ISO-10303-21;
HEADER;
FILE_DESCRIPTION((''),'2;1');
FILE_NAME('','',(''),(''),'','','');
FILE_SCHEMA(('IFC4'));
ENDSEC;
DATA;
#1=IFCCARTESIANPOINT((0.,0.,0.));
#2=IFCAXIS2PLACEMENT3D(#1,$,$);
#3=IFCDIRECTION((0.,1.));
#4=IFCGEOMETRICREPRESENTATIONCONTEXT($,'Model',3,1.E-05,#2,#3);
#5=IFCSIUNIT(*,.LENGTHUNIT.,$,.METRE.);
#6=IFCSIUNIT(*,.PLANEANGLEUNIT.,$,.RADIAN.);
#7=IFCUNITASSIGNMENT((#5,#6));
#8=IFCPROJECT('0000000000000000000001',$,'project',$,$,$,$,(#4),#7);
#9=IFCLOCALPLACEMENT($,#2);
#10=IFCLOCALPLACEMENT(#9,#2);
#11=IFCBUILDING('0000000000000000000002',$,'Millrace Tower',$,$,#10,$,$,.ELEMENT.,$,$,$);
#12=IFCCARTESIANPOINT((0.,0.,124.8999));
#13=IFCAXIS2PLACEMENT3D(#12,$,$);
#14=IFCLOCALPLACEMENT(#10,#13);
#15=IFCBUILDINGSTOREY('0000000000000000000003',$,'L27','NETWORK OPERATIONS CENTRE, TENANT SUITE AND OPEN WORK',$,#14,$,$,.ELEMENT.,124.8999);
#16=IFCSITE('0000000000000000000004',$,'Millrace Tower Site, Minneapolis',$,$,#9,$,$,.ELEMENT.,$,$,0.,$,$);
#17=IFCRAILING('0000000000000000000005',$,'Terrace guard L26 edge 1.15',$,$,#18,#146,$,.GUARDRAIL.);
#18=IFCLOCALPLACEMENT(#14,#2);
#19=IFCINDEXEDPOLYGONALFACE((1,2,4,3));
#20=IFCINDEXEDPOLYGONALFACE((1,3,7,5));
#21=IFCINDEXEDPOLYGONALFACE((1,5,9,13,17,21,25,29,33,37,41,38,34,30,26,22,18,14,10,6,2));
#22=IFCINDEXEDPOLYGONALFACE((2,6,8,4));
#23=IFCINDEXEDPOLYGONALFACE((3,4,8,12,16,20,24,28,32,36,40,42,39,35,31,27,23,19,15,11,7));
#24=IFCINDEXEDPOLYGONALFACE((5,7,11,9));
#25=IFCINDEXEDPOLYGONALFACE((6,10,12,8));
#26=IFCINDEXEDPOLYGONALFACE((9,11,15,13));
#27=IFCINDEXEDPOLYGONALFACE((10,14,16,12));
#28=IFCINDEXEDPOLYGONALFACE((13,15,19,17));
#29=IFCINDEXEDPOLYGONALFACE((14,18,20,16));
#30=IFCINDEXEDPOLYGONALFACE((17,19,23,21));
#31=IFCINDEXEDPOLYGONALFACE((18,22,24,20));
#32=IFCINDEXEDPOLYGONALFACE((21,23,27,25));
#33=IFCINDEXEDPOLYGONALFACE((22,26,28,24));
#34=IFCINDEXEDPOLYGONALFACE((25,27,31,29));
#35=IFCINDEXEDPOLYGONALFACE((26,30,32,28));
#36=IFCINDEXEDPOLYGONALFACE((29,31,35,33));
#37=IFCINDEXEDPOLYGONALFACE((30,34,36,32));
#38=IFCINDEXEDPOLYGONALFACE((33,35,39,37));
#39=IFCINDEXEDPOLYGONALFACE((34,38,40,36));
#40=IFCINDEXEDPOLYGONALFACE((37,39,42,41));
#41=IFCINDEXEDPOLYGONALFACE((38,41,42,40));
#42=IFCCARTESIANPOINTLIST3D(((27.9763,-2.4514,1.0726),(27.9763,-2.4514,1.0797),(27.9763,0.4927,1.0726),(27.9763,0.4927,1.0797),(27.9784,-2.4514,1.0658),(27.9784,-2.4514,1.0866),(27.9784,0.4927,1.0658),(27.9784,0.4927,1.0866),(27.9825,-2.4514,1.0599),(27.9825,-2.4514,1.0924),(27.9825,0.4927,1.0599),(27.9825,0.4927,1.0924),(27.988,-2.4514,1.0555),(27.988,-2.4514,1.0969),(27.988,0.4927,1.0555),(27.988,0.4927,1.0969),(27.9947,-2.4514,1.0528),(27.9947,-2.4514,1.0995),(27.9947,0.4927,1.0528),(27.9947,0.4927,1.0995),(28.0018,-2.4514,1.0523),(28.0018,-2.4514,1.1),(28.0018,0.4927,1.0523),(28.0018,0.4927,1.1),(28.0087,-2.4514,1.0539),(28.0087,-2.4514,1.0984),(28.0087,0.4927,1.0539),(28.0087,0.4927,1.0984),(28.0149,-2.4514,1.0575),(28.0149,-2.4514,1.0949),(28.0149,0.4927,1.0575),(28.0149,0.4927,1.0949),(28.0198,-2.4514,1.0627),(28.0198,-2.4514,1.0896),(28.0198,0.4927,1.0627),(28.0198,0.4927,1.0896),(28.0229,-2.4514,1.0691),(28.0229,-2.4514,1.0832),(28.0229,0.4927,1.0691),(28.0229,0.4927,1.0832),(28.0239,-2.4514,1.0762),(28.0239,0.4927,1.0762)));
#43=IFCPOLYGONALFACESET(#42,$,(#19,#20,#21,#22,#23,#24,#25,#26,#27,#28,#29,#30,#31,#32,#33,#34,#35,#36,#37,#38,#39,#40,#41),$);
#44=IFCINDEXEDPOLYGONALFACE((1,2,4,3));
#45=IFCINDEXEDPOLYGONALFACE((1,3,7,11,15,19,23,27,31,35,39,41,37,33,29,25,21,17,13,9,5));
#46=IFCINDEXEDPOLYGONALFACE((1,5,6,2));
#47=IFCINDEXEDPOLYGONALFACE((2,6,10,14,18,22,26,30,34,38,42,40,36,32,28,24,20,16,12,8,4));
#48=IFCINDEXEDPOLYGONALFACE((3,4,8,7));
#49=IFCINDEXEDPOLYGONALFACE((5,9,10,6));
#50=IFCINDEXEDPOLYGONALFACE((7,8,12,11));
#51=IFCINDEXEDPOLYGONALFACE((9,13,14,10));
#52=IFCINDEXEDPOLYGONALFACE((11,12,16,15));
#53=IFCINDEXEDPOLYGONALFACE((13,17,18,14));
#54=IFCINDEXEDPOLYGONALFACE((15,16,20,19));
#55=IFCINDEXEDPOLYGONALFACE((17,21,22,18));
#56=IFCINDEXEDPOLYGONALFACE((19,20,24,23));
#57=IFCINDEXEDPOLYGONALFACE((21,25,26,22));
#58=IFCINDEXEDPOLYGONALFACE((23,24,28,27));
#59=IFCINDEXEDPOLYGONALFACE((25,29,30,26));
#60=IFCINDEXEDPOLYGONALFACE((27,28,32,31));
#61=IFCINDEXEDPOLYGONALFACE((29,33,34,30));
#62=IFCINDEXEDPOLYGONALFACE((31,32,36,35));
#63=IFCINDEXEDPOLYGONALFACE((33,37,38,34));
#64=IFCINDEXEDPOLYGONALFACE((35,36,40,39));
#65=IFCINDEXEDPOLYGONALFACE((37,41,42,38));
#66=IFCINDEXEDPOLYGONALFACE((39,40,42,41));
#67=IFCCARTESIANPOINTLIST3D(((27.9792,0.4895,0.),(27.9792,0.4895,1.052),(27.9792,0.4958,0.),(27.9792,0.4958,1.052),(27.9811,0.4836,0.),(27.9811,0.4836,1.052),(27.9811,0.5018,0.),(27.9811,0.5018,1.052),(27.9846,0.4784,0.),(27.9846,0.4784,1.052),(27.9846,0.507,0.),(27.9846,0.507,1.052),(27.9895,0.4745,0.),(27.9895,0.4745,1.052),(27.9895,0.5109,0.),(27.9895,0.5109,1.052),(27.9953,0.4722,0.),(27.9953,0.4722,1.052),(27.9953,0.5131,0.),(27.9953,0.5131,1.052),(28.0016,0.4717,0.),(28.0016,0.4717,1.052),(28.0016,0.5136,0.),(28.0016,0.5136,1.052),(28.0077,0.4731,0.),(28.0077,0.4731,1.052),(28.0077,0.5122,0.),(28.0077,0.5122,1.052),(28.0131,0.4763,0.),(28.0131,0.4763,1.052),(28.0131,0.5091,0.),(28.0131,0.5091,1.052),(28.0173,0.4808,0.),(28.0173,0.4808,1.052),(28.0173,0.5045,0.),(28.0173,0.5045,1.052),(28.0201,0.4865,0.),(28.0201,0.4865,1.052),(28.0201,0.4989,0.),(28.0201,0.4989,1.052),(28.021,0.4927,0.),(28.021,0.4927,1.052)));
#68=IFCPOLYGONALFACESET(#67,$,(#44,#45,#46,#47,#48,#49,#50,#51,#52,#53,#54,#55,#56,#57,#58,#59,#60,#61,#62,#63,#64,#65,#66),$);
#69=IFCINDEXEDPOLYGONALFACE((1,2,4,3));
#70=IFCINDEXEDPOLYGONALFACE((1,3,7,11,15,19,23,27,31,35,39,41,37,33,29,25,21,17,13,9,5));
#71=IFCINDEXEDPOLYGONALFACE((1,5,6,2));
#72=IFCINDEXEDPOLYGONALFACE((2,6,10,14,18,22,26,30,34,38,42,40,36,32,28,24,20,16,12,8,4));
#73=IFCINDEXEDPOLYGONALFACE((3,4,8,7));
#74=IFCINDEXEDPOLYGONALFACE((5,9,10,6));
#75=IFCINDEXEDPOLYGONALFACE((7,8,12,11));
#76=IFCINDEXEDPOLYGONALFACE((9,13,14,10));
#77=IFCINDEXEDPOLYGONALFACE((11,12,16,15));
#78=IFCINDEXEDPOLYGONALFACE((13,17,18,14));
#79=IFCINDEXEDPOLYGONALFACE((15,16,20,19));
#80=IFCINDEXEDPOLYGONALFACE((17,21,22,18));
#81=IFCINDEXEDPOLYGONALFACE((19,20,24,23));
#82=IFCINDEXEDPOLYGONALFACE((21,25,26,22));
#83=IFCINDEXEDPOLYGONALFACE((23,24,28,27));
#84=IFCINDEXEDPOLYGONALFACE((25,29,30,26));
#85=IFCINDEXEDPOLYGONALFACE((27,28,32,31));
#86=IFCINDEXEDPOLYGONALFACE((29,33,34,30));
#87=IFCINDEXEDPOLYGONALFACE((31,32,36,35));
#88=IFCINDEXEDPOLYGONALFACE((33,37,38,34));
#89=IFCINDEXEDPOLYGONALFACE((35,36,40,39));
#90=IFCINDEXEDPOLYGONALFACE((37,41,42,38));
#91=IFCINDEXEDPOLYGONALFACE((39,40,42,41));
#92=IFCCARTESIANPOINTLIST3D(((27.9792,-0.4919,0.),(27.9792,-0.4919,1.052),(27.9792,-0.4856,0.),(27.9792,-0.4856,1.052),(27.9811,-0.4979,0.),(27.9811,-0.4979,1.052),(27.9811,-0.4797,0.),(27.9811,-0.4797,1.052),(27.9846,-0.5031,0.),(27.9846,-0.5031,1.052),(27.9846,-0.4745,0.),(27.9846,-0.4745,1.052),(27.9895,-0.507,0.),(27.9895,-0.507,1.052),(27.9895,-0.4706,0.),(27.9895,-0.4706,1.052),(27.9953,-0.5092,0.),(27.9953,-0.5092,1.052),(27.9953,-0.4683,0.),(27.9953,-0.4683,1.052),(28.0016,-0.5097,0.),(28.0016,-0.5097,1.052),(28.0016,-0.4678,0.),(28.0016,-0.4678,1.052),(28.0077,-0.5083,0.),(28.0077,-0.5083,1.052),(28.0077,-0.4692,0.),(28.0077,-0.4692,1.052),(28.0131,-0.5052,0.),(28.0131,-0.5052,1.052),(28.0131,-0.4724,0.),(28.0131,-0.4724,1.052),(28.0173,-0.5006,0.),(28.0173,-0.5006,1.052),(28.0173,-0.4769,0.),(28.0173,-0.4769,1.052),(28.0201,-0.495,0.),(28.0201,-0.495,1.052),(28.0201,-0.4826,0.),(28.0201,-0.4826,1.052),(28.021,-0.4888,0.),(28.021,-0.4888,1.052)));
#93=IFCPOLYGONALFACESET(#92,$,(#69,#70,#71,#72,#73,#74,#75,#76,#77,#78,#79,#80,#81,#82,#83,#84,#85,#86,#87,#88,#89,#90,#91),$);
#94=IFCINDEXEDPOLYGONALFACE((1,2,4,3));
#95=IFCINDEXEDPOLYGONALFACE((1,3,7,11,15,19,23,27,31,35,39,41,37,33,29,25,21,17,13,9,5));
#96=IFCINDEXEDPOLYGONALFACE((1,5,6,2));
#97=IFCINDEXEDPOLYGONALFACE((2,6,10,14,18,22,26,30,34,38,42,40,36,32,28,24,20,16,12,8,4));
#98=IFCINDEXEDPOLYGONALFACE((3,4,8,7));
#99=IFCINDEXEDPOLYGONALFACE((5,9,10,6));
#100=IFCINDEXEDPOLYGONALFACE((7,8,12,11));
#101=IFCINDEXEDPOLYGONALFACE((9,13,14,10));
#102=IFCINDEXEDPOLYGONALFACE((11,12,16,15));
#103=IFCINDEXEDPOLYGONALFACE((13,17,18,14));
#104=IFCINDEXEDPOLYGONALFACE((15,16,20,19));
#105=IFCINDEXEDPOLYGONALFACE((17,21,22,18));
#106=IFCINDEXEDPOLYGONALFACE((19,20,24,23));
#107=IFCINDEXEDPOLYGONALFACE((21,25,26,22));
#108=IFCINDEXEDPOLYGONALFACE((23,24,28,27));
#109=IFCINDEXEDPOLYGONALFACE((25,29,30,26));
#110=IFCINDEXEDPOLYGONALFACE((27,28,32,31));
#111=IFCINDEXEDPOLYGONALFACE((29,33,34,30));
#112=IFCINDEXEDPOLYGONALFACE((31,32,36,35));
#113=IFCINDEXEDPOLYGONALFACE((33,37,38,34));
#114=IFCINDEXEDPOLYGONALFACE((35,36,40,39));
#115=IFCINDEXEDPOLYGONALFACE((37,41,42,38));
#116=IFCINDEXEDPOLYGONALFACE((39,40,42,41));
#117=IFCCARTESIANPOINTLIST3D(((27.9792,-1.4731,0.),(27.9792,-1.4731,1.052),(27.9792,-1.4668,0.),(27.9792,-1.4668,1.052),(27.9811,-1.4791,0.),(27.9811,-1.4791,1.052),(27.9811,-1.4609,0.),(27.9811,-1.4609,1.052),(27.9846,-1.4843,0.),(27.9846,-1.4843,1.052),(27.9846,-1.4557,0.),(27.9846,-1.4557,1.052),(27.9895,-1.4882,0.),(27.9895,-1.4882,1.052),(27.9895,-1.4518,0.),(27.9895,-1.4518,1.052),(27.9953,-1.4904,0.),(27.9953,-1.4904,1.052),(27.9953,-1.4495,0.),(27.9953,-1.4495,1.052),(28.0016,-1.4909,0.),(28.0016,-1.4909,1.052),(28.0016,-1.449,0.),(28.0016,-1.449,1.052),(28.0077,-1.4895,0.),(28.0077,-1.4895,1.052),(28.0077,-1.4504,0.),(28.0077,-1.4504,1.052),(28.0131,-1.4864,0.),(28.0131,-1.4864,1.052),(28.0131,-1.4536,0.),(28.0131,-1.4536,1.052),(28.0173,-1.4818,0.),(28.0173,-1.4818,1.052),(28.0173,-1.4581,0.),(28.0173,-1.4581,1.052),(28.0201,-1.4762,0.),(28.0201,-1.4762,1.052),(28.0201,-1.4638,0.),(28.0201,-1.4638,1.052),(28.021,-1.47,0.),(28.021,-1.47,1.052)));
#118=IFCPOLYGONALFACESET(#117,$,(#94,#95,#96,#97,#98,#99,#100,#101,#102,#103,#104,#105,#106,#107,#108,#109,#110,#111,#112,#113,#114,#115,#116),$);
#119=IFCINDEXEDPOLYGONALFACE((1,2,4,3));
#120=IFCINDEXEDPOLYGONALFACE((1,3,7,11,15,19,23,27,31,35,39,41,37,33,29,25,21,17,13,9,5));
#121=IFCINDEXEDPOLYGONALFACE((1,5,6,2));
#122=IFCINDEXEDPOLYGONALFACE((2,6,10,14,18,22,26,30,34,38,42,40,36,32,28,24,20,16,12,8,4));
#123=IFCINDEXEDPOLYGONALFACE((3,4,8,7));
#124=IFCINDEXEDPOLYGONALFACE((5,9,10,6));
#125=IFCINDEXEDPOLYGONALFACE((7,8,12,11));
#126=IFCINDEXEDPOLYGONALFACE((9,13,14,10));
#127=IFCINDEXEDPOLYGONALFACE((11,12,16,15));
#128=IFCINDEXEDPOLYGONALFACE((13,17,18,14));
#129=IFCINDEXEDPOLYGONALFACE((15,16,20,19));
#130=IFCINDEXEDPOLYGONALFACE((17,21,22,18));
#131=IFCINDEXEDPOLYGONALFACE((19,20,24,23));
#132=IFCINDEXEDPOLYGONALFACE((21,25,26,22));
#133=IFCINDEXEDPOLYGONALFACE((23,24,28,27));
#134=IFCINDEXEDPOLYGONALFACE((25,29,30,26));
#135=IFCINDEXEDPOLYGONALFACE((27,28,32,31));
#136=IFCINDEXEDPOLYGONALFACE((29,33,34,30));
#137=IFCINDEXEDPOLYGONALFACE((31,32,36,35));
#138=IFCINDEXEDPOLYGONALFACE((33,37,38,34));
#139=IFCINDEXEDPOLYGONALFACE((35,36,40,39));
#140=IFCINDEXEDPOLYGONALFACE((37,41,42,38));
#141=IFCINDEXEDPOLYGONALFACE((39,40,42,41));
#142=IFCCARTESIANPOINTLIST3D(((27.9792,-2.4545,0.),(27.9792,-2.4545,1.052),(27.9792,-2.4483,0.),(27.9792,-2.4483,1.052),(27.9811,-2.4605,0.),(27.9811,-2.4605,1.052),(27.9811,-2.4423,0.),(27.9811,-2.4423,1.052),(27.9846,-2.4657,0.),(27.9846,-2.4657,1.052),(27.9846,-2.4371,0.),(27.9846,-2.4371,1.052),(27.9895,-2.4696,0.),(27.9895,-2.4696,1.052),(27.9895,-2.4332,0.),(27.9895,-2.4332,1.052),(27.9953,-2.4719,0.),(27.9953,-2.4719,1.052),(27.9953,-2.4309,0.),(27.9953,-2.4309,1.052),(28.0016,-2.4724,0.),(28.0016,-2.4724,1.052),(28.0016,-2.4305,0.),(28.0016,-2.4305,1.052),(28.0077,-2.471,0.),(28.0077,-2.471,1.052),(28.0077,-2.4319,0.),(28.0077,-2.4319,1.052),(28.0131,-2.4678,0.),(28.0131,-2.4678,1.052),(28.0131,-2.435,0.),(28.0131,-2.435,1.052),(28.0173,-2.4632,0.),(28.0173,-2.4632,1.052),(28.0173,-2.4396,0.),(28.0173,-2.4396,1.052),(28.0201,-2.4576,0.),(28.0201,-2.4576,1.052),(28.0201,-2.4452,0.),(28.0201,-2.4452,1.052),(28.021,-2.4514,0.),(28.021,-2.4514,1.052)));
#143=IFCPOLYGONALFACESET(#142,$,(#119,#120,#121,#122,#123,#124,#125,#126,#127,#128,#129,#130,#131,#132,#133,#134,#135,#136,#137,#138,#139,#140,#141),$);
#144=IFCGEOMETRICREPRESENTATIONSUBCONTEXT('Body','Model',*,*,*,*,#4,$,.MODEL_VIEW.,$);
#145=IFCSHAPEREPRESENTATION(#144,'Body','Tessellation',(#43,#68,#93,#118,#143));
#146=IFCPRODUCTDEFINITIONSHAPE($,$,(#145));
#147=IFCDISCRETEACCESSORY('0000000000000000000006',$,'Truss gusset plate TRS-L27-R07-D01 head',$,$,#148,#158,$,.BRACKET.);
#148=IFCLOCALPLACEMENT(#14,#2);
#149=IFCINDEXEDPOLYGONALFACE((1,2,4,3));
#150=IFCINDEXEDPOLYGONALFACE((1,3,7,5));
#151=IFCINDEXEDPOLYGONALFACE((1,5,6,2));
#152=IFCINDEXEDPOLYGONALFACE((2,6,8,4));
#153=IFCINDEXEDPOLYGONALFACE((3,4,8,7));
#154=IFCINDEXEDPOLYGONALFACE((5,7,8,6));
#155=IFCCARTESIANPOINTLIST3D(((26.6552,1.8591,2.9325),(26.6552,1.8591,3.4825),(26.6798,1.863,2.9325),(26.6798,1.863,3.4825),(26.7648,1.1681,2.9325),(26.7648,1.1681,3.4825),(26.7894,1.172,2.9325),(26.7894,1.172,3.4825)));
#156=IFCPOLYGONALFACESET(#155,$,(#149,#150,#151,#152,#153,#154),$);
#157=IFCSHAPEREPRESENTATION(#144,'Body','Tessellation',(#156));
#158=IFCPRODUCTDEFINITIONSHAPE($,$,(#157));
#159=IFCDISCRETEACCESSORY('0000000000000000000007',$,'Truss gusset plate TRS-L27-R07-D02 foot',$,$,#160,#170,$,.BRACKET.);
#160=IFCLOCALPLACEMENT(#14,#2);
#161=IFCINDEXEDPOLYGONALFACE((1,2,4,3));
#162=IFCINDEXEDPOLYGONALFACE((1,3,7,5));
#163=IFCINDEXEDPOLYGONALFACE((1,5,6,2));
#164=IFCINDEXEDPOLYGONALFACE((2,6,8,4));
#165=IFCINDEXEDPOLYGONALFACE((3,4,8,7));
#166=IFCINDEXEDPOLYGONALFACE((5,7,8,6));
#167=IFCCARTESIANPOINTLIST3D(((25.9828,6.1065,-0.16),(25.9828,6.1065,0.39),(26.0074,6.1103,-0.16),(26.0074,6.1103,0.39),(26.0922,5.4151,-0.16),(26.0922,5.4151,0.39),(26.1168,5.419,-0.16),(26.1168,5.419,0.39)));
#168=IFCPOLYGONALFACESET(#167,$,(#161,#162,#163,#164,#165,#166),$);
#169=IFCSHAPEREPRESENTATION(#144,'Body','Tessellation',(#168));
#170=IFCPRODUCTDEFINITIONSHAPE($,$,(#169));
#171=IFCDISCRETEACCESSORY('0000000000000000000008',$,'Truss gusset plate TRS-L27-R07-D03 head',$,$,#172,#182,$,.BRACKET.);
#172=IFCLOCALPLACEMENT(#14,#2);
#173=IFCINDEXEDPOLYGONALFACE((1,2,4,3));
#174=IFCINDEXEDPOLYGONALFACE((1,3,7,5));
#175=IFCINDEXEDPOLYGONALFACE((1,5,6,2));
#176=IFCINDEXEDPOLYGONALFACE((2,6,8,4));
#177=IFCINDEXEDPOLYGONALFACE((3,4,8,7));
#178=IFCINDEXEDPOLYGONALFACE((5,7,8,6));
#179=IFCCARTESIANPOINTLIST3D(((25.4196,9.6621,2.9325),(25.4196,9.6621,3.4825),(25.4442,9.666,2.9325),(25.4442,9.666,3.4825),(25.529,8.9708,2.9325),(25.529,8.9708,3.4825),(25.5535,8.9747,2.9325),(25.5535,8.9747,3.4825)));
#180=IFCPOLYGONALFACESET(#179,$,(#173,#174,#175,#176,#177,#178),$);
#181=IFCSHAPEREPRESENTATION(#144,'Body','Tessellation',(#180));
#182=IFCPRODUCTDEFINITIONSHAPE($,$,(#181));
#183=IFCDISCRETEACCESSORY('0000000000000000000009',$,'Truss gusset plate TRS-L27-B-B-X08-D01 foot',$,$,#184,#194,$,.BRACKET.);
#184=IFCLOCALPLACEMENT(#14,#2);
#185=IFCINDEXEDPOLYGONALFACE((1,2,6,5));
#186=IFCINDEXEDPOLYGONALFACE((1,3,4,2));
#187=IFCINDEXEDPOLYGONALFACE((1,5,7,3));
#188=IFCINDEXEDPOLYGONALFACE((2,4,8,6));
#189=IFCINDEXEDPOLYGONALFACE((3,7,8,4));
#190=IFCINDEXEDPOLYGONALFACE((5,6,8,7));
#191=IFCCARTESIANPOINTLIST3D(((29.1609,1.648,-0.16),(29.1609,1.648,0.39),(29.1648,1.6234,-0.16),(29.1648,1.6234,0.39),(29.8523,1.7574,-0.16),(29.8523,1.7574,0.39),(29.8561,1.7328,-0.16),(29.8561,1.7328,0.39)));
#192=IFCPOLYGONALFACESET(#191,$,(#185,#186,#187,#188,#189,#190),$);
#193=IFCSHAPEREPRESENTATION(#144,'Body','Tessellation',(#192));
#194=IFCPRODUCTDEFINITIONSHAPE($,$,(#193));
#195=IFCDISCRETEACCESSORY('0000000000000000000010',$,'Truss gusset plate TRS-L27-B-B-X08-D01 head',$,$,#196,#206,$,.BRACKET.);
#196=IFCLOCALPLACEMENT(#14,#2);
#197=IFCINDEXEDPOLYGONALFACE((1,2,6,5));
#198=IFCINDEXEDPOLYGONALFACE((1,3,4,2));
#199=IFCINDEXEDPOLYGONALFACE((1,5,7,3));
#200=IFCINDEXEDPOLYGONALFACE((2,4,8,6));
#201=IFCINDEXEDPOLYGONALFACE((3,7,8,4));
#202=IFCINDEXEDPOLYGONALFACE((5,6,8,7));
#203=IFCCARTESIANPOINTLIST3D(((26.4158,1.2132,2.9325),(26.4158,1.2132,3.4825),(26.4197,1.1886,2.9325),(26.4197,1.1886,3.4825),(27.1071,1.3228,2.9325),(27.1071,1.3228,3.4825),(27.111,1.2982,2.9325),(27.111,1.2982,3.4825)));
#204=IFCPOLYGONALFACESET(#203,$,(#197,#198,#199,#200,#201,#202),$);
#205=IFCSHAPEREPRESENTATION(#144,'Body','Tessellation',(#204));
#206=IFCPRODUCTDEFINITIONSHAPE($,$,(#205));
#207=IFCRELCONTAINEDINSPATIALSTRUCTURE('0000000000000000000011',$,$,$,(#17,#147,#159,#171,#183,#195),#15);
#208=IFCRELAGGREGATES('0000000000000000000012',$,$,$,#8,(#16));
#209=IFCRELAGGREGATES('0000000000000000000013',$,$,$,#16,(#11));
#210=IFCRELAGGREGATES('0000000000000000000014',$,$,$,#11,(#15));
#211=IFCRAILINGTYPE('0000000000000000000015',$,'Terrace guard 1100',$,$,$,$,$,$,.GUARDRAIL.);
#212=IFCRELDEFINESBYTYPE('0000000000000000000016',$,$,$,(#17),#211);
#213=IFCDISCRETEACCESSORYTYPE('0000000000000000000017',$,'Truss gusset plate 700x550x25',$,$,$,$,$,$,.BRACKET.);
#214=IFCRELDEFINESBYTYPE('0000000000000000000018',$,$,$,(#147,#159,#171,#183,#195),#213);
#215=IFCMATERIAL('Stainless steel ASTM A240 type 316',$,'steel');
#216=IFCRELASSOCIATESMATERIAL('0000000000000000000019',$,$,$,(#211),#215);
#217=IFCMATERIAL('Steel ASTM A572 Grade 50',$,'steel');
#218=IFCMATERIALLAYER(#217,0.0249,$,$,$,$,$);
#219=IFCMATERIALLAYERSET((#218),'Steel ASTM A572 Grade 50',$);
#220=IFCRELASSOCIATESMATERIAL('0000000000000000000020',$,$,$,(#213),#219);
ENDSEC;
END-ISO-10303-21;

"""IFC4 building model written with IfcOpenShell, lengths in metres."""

from ifc_helpers import new_model, si_unit, direction, frame, origin, origin_2d, place, context, subcontext, project, spatial, rectangle, circle, extrude, material, layer, layer_set, type_object, element, save


model = new_model("IFC4")

# Units and contexts
model_context = context("Model", 3, precision=1e-05, world=origin(), true_north=direction((0.0, 1.0)))
body_context = subcontext(model_context, "Body", "Model", "MODEL_VIEW")
ifc_project = project(units=[si_unit("LENGTHUNIT", "METRE"), si_unit("PLANEANGLEUNIT", "RADIAN")], contexts=[model_context])

# Site, building, storey
site_placement = place(None, origin())
site = spatial("IfcSite", under=ifc_project, at=site_placement, Name="Millrace Tower Site, Minneapolis", CompositionType="ELEMENT", RefElevation=0.0)
building_placement = place(site_placement, origin())
building = spatial("IfcBuilding", under=site, at=building_placement, Name="Millrace Tower", CompositionType="ELEMENT")
storey_placement = place(building_placement, frame((0.0, 0.0, 124.8999)))
storey = spatial("IfcBuildingStorey", under=building, at=storey_placement, Name="L27", Description="NETWORK OPERATIONS CENTRE, TENANT SUITE AND OPEN WORK", CompositionType="ELEMENT", Elevation=124.8999)

# Railing
ifc_material_1 = material(Name="Stainless steel ASTM A240 type 316", Category="steel")
railing_type = type_object("IfcRailingType", Name="Terrace guard 1100", PredefinedType="GUARDRAIL", material=ifc_material_1)
railing_1_placement = place(storey_placement, frame((28.0, 0.4927, 0.0)))
element("IfcRailing", 1, at=railing_1_placement, inside=storey, type_object=railing_type, Name="Terrace guard L26 edge 1.15", PredefinedType="GUARDRAIL", context=body_context, shape_type="SweptSolid", body=[
    extrude(circle(Radius=0.0239, at=origin_2d()), frame((0.0, 0.0, 1.0762), z_axis=(0.0, -1.0, 0.0), x_axis=(1.0, 0.0, 0.0)), (0.0, 0.0, 1.0), 2.9441),
    extrude(circle(Radius=0.021, at=origin_2d()), origin(), (0.0, 0.0, 1.0), 1.052),
    extrude(circle(Radius=0.021, at=origin_2d()), frame((0.0, -0.9814, 0.0)), (0.0, 0.0, 1.0), 1.052),
    extrude(circle(Radius=0.021, at=origin_2d()), frame((0.0, -1.9626, 0.0)), (0.0, 0.0, 1.0), 1.052),
    extrude(circle(Radius=0.021, at=origin_2d()), frame((0.0, -2.9441, 0.0)), (0.0, 0.0, 1.0), 1.052),
])

# Discrete accessories
ifc_material_2 = material(Name="Steel ASTM A572 Grade 50", Category="steel")
ifc_layer_1 = layer(ifc_material_2, 0.0249)
ifc_layer_set_1 = layer_set([ifc_layer_1], Name="Steel ASTM A572 Grade 50")
discrete_accessory_type = type_object("IfcDiscreteAccessoryType", Name="Truss gusset plate 700x550x25", PredefinedType="BRACKET", material=ifc_layer_set_1)
discrete_accessory_placement = place(storey_placement, frame((26.6675, 1.8611, 3.2075), z_axis=(0.156643, -0.987655, 0.0), x_axis=(0.987655, 0.156643, 0.0)))
element("IfcDiscreteAccessory", 2, at=discrete_accessory_placement, inside=storey, type_object=discrete_accessory_type, Name="Truss gusset plate TRS-L27-R07-D01 head", PredefinedType="BRACKET", context=body_context, shape_type="SweptSolid", body=[
    extrude(rectangle(XDim=0.0249, YDim=0.55, at=origin_2d()), origin(), (0.0, 0.0, 1.0), 0.6997),
])
for number, where, z_axis, x_axis, name in (
    (3, (25.9951, 6.1084, 0.115), (0.156249, -0.987718, 0.0), (0.987718, 0.156249, 0.0), "Truss gusset plate TRS-L27-R07-D02 foot"),
    (4, (25.4319, 9.6641, 3.2075), (0.156249, -0.987718, 0.0), (0.987718, 0.156249, 0.0), "Truss gusset plate TRS-L27-R07-D03 head"),
    (5, (29.1628, 1.6357, 0.115), (0.987718, 0.156249, 0.0), (-0.156249, 0.987718, 0.0), "Truss gusset plate TRS-L27-B-B-X08-D01 foot"),
    (6, (26.4177, 1.2009, 3.2075), (0.987664, 0.156589, 0.0), (-0.156589, 0.987664, 0.0), "Truss gusset plate TRS-L27-B-B-X08-D01 head"),
):
    element("IfcDiscreteAccessory", number, at=place(storey_placement, frame(where, z_axis=z_axis, x_axis=x_axis)), inside=storey, type_object=discrete_accessory_type, Name=name, PredefinedType="BRACKET", context=body_context, shape_type="SweptSolid", body=[
        extrude(rectangle(XDim=0.0249, YDim=0.55, at=origin_2d()), origin(), (0.0, 0.0, 1.0), 0.7),
    ])

save(model, "model.ifc")
